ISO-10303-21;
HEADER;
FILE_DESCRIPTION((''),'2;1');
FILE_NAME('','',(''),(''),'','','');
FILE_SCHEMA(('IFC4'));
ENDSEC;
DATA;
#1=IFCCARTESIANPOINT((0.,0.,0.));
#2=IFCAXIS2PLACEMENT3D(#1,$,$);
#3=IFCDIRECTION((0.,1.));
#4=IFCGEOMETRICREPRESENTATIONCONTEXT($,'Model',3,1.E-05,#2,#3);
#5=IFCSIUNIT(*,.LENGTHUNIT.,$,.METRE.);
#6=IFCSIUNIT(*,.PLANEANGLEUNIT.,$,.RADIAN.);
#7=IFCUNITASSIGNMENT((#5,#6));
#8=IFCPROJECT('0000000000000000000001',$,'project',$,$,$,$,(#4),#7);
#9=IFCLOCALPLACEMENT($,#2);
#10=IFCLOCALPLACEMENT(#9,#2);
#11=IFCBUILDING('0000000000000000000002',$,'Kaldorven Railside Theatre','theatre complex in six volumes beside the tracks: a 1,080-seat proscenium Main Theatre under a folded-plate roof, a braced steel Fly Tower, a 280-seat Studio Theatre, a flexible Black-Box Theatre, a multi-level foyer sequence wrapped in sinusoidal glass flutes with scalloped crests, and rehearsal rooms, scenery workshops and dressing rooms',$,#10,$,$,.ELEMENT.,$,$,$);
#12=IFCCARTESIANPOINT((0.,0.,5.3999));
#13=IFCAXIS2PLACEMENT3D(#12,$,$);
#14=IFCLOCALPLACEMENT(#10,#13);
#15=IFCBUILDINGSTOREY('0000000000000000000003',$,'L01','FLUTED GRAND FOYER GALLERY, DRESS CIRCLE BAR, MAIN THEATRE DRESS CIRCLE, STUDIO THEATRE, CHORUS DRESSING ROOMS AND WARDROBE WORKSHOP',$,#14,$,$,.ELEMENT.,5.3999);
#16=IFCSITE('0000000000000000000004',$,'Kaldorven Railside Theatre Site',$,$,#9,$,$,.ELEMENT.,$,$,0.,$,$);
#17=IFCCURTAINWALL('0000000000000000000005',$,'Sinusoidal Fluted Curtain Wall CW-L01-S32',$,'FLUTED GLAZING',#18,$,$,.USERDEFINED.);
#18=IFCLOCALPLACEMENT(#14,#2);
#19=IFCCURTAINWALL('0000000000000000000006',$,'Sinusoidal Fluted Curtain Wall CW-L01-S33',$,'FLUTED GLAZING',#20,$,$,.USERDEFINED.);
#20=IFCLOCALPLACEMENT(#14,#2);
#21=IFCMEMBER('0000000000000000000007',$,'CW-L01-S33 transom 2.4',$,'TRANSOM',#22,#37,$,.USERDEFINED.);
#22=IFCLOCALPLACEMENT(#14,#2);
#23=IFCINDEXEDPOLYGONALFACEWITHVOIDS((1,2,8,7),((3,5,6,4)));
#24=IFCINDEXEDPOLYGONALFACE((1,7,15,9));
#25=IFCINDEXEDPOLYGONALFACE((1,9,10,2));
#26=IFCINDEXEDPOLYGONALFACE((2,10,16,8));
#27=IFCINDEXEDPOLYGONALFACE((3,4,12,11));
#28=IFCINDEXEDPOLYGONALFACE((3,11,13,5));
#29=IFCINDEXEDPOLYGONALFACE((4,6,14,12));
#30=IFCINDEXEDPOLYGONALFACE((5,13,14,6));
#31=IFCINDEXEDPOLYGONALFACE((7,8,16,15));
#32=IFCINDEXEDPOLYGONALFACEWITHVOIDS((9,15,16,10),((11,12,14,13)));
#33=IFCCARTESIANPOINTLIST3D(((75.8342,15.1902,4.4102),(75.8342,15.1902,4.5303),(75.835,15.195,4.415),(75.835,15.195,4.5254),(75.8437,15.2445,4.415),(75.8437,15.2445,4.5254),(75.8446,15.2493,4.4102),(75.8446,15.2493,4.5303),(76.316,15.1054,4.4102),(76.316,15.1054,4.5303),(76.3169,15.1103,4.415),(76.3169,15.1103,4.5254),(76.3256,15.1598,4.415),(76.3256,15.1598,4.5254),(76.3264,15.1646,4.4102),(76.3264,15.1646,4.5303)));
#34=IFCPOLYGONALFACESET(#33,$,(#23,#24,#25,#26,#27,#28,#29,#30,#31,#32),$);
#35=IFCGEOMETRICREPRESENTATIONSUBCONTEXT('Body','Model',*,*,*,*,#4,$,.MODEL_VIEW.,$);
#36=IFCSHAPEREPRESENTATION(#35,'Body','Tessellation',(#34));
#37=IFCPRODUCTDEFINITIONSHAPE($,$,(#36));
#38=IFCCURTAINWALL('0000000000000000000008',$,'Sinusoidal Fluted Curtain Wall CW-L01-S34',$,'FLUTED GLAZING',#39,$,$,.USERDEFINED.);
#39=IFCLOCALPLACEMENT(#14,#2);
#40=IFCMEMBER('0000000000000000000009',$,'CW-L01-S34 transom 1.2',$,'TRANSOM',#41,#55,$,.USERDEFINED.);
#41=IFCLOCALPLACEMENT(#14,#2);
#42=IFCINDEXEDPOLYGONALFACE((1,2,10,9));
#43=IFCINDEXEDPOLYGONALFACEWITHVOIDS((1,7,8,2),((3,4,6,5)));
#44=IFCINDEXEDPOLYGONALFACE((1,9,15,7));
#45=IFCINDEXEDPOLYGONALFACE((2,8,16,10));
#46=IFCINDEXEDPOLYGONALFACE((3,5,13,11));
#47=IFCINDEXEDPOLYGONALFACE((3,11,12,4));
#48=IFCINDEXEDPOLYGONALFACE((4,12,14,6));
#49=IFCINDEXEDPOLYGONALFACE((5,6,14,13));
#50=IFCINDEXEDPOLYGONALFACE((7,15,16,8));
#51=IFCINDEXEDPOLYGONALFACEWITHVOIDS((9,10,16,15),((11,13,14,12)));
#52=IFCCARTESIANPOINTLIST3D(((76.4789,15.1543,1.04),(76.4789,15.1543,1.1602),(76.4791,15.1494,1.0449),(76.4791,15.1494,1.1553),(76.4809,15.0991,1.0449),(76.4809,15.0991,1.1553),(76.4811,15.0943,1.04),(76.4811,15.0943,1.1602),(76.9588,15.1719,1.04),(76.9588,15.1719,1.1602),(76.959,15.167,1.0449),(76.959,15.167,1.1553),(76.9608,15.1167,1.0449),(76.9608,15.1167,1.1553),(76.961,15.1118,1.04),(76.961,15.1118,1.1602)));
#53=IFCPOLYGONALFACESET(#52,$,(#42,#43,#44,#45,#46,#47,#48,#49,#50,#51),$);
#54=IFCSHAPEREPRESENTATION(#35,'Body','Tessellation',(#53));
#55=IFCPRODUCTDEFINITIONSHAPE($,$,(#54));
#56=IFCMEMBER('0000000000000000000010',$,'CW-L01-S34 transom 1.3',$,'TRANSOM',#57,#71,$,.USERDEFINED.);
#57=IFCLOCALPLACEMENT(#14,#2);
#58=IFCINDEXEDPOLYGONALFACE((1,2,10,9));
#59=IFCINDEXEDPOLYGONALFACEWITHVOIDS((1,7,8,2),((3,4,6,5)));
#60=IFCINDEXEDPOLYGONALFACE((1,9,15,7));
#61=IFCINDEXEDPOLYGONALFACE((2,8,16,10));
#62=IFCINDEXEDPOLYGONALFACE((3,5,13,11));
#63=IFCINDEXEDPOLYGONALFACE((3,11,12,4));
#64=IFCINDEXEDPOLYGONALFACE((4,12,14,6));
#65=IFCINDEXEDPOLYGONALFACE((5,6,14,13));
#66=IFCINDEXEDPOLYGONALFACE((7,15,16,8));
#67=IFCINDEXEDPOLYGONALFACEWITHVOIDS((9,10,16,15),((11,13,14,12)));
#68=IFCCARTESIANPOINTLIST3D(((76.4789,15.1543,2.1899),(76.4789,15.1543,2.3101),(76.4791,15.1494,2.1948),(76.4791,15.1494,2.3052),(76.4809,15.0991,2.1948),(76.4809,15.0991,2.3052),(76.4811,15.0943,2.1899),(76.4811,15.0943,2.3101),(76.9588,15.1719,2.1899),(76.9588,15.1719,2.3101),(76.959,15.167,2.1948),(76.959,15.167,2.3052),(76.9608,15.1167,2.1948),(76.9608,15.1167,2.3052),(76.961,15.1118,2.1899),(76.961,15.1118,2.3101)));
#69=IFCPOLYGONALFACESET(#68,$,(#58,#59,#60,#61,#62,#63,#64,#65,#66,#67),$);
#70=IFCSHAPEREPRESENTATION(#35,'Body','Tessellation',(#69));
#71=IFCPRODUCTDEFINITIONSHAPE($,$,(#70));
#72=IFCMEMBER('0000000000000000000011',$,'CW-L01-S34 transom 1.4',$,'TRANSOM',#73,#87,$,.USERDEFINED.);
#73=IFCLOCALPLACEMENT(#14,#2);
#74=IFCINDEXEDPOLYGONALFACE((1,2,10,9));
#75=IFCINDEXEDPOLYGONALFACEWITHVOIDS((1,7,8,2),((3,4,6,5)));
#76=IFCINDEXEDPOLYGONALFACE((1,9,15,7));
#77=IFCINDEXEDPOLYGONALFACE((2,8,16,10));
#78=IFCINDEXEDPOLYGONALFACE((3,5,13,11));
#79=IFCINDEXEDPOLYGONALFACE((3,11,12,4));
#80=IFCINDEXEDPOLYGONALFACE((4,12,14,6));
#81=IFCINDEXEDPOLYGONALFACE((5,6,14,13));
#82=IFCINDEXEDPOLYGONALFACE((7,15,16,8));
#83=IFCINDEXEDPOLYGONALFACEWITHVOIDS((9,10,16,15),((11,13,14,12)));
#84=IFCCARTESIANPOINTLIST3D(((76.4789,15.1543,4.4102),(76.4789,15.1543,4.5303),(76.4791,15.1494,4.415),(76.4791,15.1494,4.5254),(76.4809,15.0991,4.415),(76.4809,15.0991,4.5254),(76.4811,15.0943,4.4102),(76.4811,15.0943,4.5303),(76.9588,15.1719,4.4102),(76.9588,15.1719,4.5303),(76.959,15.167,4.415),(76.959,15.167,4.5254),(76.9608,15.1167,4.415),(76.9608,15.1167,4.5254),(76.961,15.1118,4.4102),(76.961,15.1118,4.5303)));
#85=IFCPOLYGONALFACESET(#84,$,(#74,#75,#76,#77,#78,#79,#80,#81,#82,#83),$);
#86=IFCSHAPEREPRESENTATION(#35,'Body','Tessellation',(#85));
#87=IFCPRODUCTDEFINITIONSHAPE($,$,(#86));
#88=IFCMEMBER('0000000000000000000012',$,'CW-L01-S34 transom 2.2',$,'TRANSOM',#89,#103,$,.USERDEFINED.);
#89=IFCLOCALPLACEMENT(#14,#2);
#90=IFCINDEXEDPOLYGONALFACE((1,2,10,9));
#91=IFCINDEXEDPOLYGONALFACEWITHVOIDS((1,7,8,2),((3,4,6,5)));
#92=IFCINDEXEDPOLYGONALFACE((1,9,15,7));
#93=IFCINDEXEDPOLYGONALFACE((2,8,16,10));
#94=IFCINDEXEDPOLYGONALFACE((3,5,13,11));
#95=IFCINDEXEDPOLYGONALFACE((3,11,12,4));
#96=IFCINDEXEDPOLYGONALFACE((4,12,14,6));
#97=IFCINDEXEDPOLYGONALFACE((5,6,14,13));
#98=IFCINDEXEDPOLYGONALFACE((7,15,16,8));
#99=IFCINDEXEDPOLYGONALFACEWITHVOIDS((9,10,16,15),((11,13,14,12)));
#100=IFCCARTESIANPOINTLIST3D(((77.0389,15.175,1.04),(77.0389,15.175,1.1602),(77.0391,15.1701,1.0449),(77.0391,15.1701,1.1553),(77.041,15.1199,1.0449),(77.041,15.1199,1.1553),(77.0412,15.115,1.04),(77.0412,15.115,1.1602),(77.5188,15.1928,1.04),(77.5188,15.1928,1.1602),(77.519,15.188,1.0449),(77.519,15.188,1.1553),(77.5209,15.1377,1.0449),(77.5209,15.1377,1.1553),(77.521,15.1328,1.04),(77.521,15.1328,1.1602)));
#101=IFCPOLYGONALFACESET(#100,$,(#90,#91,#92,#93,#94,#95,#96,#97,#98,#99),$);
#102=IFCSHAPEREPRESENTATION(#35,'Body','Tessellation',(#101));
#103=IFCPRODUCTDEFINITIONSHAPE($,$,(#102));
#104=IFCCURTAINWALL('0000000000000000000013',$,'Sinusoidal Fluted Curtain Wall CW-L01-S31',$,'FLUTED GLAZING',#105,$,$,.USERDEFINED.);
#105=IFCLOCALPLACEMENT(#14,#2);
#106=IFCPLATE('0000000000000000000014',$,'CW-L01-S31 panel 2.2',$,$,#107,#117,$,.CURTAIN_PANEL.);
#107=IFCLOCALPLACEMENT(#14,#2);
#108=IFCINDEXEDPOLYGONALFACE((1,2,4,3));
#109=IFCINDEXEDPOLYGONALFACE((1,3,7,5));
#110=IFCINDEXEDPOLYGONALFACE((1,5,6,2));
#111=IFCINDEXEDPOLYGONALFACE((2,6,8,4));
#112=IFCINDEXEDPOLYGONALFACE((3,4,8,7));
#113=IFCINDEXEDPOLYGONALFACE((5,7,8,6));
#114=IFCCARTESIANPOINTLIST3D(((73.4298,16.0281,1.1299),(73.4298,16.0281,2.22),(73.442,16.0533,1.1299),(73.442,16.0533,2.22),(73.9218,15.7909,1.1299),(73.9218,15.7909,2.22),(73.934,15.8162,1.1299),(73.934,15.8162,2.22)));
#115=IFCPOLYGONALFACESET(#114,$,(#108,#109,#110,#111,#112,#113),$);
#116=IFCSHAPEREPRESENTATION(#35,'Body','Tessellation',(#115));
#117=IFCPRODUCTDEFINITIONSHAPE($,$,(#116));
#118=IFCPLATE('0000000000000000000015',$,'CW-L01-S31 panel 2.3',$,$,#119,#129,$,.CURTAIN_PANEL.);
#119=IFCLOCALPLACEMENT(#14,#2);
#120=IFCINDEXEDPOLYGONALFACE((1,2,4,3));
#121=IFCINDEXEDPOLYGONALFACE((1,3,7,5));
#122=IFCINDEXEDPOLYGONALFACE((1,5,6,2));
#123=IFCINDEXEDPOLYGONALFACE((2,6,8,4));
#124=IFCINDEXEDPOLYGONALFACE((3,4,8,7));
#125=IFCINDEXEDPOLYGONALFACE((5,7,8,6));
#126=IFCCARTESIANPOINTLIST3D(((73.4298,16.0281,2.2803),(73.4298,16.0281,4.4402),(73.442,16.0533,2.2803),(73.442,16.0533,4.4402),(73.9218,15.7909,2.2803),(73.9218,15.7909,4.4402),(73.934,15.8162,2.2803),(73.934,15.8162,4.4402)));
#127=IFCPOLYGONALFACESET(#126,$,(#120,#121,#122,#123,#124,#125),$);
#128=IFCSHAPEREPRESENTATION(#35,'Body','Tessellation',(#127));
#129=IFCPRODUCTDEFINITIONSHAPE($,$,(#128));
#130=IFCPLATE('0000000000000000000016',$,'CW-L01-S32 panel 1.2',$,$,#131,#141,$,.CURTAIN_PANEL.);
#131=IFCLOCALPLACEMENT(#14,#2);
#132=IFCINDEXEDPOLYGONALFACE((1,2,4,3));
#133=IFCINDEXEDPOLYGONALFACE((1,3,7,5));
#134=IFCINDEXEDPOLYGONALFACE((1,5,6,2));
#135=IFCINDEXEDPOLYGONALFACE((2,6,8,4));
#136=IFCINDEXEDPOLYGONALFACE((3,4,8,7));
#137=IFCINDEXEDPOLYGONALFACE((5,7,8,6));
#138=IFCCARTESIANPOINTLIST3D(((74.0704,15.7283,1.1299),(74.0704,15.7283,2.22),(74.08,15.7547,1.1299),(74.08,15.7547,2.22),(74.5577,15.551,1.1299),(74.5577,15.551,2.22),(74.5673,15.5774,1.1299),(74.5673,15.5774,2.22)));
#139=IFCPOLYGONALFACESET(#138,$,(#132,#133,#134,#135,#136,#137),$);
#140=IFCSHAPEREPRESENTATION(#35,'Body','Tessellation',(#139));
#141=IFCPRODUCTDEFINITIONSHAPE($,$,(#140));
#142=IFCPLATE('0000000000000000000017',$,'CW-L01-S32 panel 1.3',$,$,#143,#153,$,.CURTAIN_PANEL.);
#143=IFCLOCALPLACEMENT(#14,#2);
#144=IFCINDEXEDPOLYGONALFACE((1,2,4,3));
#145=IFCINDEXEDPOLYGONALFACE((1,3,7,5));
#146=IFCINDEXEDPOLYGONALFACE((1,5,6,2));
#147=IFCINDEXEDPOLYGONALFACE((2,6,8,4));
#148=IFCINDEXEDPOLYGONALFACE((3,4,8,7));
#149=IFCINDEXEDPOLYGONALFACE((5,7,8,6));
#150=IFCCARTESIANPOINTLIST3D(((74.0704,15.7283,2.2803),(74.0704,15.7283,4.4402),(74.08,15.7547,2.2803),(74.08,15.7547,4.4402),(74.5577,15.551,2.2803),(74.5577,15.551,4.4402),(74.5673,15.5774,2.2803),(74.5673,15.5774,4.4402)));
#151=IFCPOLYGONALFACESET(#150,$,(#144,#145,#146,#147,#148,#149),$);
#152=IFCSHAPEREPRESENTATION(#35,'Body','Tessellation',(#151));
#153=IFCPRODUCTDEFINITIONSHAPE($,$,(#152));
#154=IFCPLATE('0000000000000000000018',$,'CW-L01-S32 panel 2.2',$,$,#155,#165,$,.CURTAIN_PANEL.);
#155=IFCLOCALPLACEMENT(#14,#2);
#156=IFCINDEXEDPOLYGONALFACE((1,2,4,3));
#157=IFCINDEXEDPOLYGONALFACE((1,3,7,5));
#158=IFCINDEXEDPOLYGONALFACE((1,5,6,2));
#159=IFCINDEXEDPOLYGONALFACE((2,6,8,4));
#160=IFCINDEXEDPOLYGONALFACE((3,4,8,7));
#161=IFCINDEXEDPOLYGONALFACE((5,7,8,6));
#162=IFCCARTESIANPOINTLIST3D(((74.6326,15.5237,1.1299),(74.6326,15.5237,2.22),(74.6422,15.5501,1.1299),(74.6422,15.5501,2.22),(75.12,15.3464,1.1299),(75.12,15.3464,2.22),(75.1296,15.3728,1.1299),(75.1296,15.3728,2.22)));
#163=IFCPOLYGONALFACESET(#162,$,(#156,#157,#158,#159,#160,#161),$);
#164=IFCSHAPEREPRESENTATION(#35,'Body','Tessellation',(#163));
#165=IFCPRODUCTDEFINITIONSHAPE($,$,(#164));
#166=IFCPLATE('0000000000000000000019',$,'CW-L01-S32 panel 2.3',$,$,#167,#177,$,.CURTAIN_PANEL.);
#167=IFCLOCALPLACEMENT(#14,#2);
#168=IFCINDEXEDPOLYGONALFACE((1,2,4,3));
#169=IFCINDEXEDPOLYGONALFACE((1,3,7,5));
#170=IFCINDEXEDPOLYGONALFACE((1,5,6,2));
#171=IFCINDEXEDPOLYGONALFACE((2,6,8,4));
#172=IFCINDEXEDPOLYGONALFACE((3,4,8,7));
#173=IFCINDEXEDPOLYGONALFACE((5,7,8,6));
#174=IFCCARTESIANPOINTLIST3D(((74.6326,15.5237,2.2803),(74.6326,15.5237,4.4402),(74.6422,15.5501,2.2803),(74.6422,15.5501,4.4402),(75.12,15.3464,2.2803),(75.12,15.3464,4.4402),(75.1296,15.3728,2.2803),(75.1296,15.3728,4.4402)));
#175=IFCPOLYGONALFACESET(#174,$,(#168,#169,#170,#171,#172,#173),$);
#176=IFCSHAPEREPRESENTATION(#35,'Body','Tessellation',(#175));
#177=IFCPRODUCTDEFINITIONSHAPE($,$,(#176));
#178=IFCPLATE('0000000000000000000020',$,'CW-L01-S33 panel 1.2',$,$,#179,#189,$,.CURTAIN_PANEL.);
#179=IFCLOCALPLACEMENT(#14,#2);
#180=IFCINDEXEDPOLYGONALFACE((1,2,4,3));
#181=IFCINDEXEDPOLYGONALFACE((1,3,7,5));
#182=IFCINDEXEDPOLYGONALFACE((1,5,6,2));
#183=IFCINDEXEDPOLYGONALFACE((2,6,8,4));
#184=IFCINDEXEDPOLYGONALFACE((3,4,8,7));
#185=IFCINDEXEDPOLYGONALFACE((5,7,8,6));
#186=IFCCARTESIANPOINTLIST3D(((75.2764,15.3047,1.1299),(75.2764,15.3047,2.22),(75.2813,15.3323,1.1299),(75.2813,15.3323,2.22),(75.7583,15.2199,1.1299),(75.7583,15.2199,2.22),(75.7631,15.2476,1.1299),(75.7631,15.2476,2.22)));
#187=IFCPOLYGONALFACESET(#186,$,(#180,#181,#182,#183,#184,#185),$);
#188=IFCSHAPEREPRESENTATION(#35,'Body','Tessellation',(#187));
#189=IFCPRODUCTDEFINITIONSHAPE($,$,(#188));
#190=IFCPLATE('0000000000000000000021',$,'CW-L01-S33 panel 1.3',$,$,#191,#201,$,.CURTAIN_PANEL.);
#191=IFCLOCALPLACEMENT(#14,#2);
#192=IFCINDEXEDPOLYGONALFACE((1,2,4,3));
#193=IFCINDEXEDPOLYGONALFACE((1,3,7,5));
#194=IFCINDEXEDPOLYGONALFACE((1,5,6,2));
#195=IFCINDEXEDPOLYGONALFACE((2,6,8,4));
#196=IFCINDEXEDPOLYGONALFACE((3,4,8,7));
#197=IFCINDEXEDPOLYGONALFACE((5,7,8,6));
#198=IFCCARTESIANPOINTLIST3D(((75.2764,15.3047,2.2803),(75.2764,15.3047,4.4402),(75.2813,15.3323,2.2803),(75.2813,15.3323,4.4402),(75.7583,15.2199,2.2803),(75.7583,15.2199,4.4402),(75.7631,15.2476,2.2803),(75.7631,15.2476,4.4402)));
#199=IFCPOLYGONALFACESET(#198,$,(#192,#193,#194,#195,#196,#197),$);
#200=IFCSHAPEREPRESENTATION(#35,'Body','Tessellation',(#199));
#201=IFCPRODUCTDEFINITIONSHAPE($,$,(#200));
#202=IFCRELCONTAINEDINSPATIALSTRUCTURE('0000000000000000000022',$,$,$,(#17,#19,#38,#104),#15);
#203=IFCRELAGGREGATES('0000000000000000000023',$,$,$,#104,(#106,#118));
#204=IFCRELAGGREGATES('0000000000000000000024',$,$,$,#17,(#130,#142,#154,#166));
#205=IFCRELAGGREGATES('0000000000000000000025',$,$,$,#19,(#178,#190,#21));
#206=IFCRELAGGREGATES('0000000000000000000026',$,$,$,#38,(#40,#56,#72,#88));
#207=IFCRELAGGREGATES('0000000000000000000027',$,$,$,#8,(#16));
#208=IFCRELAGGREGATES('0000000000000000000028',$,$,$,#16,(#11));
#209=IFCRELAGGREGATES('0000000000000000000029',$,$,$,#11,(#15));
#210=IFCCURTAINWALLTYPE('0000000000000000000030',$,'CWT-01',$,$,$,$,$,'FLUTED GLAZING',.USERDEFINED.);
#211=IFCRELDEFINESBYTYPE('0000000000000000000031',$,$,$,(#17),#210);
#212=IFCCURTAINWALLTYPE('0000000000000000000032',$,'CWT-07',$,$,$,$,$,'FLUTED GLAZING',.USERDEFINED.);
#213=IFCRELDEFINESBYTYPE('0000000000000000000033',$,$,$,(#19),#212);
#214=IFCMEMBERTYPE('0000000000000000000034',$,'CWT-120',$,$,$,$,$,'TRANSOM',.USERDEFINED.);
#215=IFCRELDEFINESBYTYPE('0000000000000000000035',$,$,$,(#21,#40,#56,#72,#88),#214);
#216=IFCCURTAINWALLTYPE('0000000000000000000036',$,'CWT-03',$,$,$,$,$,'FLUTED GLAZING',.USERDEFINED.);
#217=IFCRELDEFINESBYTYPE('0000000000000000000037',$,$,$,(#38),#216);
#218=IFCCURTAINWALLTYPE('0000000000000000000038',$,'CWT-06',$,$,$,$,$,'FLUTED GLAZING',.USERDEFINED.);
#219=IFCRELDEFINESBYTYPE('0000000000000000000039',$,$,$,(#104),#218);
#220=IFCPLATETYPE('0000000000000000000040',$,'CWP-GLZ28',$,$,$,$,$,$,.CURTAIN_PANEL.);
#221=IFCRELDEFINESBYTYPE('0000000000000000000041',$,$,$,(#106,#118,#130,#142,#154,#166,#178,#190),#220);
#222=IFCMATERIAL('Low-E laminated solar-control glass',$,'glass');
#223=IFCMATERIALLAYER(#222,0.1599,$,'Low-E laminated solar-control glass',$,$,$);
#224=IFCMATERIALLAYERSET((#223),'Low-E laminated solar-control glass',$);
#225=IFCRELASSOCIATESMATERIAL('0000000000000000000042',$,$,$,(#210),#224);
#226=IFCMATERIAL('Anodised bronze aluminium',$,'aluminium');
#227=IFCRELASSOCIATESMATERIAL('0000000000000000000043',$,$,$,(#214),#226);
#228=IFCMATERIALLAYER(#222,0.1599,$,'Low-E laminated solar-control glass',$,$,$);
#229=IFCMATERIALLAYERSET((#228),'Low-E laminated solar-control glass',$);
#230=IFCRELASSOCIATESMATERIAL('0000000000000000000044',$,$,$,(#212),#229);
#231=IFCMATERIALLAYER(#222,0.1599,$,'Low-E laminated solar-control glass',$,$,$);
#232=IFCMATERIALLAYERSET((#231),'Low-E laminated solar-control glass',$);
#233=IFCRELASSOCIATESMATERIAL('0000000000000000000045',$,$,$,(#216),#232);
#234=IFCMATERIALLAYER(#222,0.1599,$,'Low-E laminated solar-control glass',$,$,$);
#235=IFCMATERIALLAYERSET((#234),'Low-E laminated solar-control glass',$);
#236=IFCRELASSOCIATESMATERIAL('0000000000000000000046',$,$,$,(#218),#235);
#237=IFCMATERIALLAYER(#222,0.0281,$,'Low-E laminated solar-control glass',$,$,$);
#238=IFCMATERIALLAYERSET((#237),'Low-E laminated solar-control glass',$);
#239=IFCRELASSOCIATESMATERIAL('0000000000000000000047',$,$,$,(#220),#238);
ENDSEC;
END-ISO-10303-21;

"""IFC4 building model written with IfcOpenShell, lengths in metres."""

from ifc_helpers import new_model, si_unit, direction, frame, origin, origin_2d, place, context, subcontext, project, spatial, rectangle, hollow_rectangle, extrude, material, layer, layer_set, material_profile, profile_set, type_object, element, aggregate, save


model = new_model("IFC4")

# Units and contexts
model_context = context("Model", 3, precision=1e-05, world=origin(), true_north=direction((0.0, 1.0)))
body_context = subcontext(model_context, "Body", "Model", "MODEL_VIEW")
ifc_project = project(units=[si_unit("LENGTHUNIT", "METRE"), si_unit("PLANEANGLEUNIT", "RADIAN")], contexts=[model_context])

# Site, building, storey
site_placement = place(None, origin())
site = spatial("IfcSite", under=ifc_project, at=site_placement, Name="Kaldorven Railside Theatre Site", CompositionType="ELEMENT", RefElevation=0.0)
building_placement = place(site_placement, origin())
building = spatial("IfcBuilding", under=site, at=building_placement, Name="Kaldorven Railside Theatre", Description="theatre complex in six volumes beside the tracks: a 1,080-seat proscenium Main Theatre under a folded-plate roof, a braced steel Fly Tower, a 280-seat Studio Theatre, a flexible Black-Box Theatre, a multi-level foyer sequence wrapped in sinusoidal glass flutes with scalloped crests, and rehearsal rooms, scenery workshops and dressing rooms", CompositionType="ELEMENT")
storey_placement = place(building_placement, frame((0.0, 0.0, 5.3999)))
storey = spatial("IfcBuildingStorey", under=building, at=storey_placement, Name="L01", Description="FLUTED GRAND FOYER GALLERY, DRESS CIRCLE BAR, MAIN THEATRE DRESS CIRCLE, STUDIO THEATRE, CHORUS DRESSING ROOMS AND WARDROBE WORKSHOP", CompositionType="ELEMENT", Elevation=5.3999)

# Curtain walls, members
ifc_material_1 = material(Name="Low-E laminated solar-control glass", Category="glass")
ifc_layer_1 = layer(ifc_material_1, 0.1599, Name="Low-E laminated solar-control glass")
ifc_layer_set_1 = layer_set([ifc_layer_1], Name="Low-E laminated solar-control glass")
curtain_wall_type_1 = type_object("IfcCurtainWallType", Name="CWT-01", ElementType="FLUTED GLAZING", PredefinedType="USERDEFINED", material=ifc_layer_set_1)
curtain_wall_1_placement = place(storey_placement, origin())
curtain_wall_1 = element("IfcCurtainWall", 1, at=curtain_wall_1_placement, inside=storey, type_object=curtain_wall_type_1, Name="Sinusoidal Fluted Curtain Wall CW-L01-S32", ObjectType="FLUTED GLAZING", PredefinedType="USERDEFINED")
ifc_material_2 = material(Name="Anodised bronze aluminium", Category="aluminium")
ifc_material_profile = material_profile(ifc_material_2, hollow_rectangle(XDim=0.0601, YDim=0.1201, WallThickness=0.0049, at=origin_2d()), Name="RHS 120x60x5")
ifc_profile_set = profile_set([ifc_material_profile], Name="Anodised bronze aluminium")
member_type = type_object("IfcMemberType", Name="CWT-120", ElementType="TRANSOM", PredefinedType="USERDEFINED", material=ifc_profile_set)
ifc_layer_2 = layer(ifc_material_1, 0.1599, Name="Low-E laminated solar-control glass")
ifc_layer_set_2 = layer_set([ifc_layer_2], Name="Low-E laminated solar-control glass")
curtain_wall_type_2 = type_object("IfcCurtainWallType", Name="CWT-07", ElementType="FLUTED GLAZING", PredefinedType="USERDEFINED", material=ifc_layer_set_2)
curtain_wall_2_placement = place(storey_placement, origin())
curtain_wall_2 = element("IfcCurtainWall", 2, at=curtain_wall_2_placement, inside=storey, type_object=curtain_wall_type_2, Name="Sinusoidal Fluted Curtain Wall CW-L01-S33", ObjectType="FLUTED GLAZING", PredefinedType="USERDEFINED")
member_1_placement = place(storey_placement, frame((75.8394, 15.2197, 4.4702), z_axis=(0.984899, -0.173131, 0.0), x_axis=(0.173131, 0.984899, 0.0)))
member_1 = element("IfcMember", 3, at=member_1_placement, type_object=member_type, Name="CW-L01-S33 transom 2.4", ObjectType="TRANSOM", PredefinedType="USERDEFINED", context=body_context, shape_type="SweptSolid", body=[
    extrude(hollow_rectangle(XDim=0.0601, YDim=0.1201, WallThickness=0.0049, at=origin_2d()), origin(), (0.0, 0.0, 1.0), 0.4893),
])
ifc_layer_3 = layer(ifc_material_1, 0.1599, Name="Low-E laminated solar-control glass")
ifc_layer_set_3 = layer_set([ifc_layer_3], Name="Low-E laminated solar-control glass")
curtain_wall_type_3 = type_object("IfcCurtainWallType", Name="CWT-03", ElementType="FLUTED GLAZING", PredefinedType="USERDEFINED", material=ifc_layer_set_3)
curtain_wall_3_placement = place(storey_placement, origin())
curtain_wall_3 = element("IfcCurtainWall", 4, at=curtain_wall_3_placement, inside=storey, type_object=curtain_wall_type_3, Name="Sinusoidal Fluted Curtain Wall CW-L01-S34", ObjectType="FLUTED GLAZING", PredefinedType="USERDEFINED")
member_2_placement = place(storey_placement, frame((76.48, 15.1243, 1.1001), z_axis=(0.99933, 0.036598, 0.0), x_axis=(-0.036598, 0.99933, 0.0)))
member_2 = element("IfcMember", 5, at=member_2_placement, type_object=member_type, Name="CW-L01-S34 transom 1.2", ObjectType="TRANSOM", PredefinedType="USERDEFINED", context=body_context, shape_type="SweptSolid", body=[
    extrude(hollow_rectangle(XDim=0.0601, YDim=0.1201, WallThickness=0.0049, at=origin_2d()), origin(), (0.0, 0.0, 1.0), 0.4802),
])
member_3_placement = place(storey_placement, frame((76.48, 15.1243, 2.25), z_axis=(0.99933, 0.036598, 0.0), x_axis=(-0.036598, 0.99933, 0.0)))
member_3 = element("IfcMember", 6, at=member_3_placement, type_object=member_type, Name="CW-L01-S34 transom 1.3", ObjectType="TRANSOM", PredefinedType="USERDEFINED", context=body_context, shape_type="SweptSolid", body=[
    extrude(hollow_rectangle(XDim=0.0601, YDim=0.1201, WallThickness=0.0049, at=origin_2d()), origin(), (0.0, 0.0, 1.0), 0.4802),
])
member_4_placement = place(storey_placement, frame((76.48, 15.1243, 4.4702), z_axis=(0.99933, 0.036598, 0.0), x_axis=(-0.036598, 0.99933, 0.0)))
member_4 = element("IfcMember", 7, at=member_4_placement, type_object=member_type, Name="CW-L01-S34 transom 1.4", ObjectType="TRANSOM", PredefinedType="USERDEFINED", context=body_context, shape_type="SweptSolid", body=[
    extrude(hollow_rectangle(XDim=0.0601, YDim=0.1201, WallThickness=0.0049, at=origin_2d()), origin(), (0.0, 0.0, 1.0), 0.4802),
])
member_5_placement = place(storey_placement, frame((77.04, 15.145, 1.1001), z_axis=(0.999311, 0.037106, 0.0), x_axis=(-0.037106, 0.999311, 0.0)))
member_5 = element("IfcMember", 8, at=member_5_placement, type_object=member_type, Name="CW-L01-S34 transom 2.2", ObjectType="TRANSOM", PredefinedType="USERDEFINED", context=body_context, shape_type="SweptSolid", body=[
    extrude(hollow_rectangle(XDim=0.0601, YDim=0.1201, WallThickness=0.0049, at=origin_2d()), origin(), (0.0, 0.0, 1.0), 0.4802),
])

# Curtain wall, plates
ifc_layer_4 = layer(ifc_material_1, 0.1599, Name="Low-E laminated solar-control glass")
ifc_layer_set_4 = layer_set([ifc_layer_4], Name="Low-E laminated solar-control glass")
curtain_wall_type_4 = type_object("IfcCurtainWallType", Name="CWT-06", ElementType="FLUTED GLAZING", PredefinedType="USERDEFINED", material=ifc_layer_set_4)
curtain_wall_4_placement = place(storey_placement, origin())
curtain_wall_4 = element("IfcCurtainWall", 9, at=curtain_wall_4_placement, inside=storey, type_object=curtain_wall_type_4, Name="Sinusoidal Fluted Curtain Wall CW-L01-S31", ObjectType="FLUTED GLAZING", PredefinedType="USERDEFINED")
ifc_layer_5 = layer(ifc_material_1, 0.0281, Name="Low-E laminated solar-control glass")
ifc_layer_set_5 = layer_set([ifc_layer_5], Name="Low-E laminated solar-control glass")
plate_type = type_object("IfcPlateType", Name="CWP-GLZ28", PredefinedType="CURTAIN_PANEL", material=ifc_layer_set_5)
plate_1_placement = place(storey_placement, frame((73.6819, 15.9221, 1.1299), z_axis=(0.0, 0.0, 1.0), x_axis=(0.90079, -0.434256, 0.0)))
plate_1 = element("IfcPlate", 10, at=plate_1_placement, type_object=plate_type, Name="CW-L01-S31 panel 2.2", PredefinedType="CURTAIN_PANEL", context=body_context, shape_type="SweptSolid", body=[
    extrude(rectangle(XDim=0.5461, YDim=0.0281, at=origin_2d()), origin(), (0.0, 0.0, 1.0), 1.0901),
])
plate_2_placement = place(storey_placement, frame((73.6819, 15.9221, 2.2803), z_axis=(0.0, 0.0, 1.0), x_axis=(0.90079, -0.434256, 0.0)))
plate_2 = element("IfcPlate", 11, at=plate_2_placement, type_object=plate_type, Name="CW-L01-S31 panel 2.3", PredefinedType="CURTAIN_PANEL", context=body_context, shape_type="SweptSolid", body=[
    extrude(rectangle(XDim=0.5461, YDim=0.0281, at=origin_2d()), origin(), (0.0, 0.0, 1.0), 2.1599),
])
aggregate(curtain_wall_4, [plate_1, plate_2])

# Plates
plate_3_placement = place(storey_placement, frame((74.3188, 15.6528, 1.1299), z_axis=(0.0, 0.0, 1.0), x_axis=(0.939759, -0.341837, 0.0)))
plate_3 = element("IfcPlate", 12, at=plate_3_placement, type_object=plate_type, Name="CW-L01-S32 panel 1.2", PredefinedType="CURTAIN_PANEL", context=body_context, shape_type="SweptSolid", body=[
    extrude(rectangle(XDim=0.5186, YDim=0.0281, at=origin_2d()), origin(), (0.0, 0.0, 1.0), 1.0901),
])
plate_4_placement = place(storey_placement, frame((74.3188, 15.6528, 2.2803), z_axis=(0.0, 0.0, 1.0), x_axis=(0.939759, -0.341837, 0.0)))
plate_4 = element("IfcPlate", 13, at=plate_4_placement, type_object=plate_type, Name="CW-L01-S32 panel 1.3", PredefinedType="CURTAIN_PANEL", context=body_context, shape_type="SweptSolid", body=[
    extrude(rectangle(XDim=0.5186, YDim=0.0281, at=origin_2d()), origin(), (0.0, 0.0, 1.0), 2.1599),
])
plate_5_placement = place(storey_placement, frame((74.8811, 15.4482, 1.1299), z_axis=(0.0, 0.0, 1.0), x_axis=(0.939759, -0.341837, 0.0)))
plate_5 = element("IfcPlate", 14, at=plate_5_placement, type_object=plate_type, Name="CW-L01-S32 panel 2.2", PredefinedType="CURTAIN_PANEL", context=body_context, shape_type="SweptSolid", body=[
    extrude(rectangle(XDim=0.5186, YDim=0.0281, at=origin_2d()), origin(), (0.0, 0.0, 1.0), 1.0901),
])
plate_6_placement = place(storey_placement, frame((74.8811, 15.4482, 2.2803), z_axis=(0.0, 0.0, 1.0), x_axis=(0.939759, -0.341837, 0.0)))
plate_6 = element("IfcPlate", 15, at=plate_6_placement, type_object=plate_type, Name="CW-L01-S32 panel 2.3", PredefinedType="CURTAIN_PANEL", context=body_context, shape_type="SweptSolid", body=[
    extrude(rectangle(XDim=0.5186, YDim=0.0281, at=origin_2d()), origin(), (0.0, 0.0, 1.0), 2.1599),
])
aggregate(curtain_wall_1, [plate_3, plate_4, plate_5, plate_6])
plate_7_placement = place(storey_placement, frame((75.5198, 15.2761, 1.1299), z_axis=(0.0, 0.0, 1.0), x_axis=(0.984877, -0.173256, 0.0)))
plate_7 = element("IfcPlate", 16, at=plate_7_placement, type_object=plate_type, Name="CW-L01-S33 panel 1.2", PredefinedType="CURTAIN_PANEL", context=body_context, shape_type="SweptSolid", body=[
    extrude(rectangle(XDim=0.4893, YDim=0.0281, at=origin_2d()), origin(), (0.0, 0.0, 1.0), 1.0901),
])
plate_8_placement = place(storey_placement, frame((75.5198, 15.2761, 2.2803), z_axis=(0.0, 0.0, 1.0), x_axis=(0.984877, -0.173256, 0.0)))
plate_8 = element("IfcPlate", 17, at=plate_8_placement, type_object=plate_type, Name="CW-L01-S33 panel 1.3", PredefinedType="CURTAIN_PANEL", context=body_context, shape_type="SweptSolid", body=[
    extrude(rectangle(XDim=0.4893, YDim=0.0281, at=origin_2d()), origin(), (0.0, 0.0, 1.0), 2.1599),
])
aggregate(curtain_wall_2, [plate_7, plate_8, member_1])
aggregate(curtain_wall_3, [member_2, member_3, member_4, member_5])

save(model, "model.ifc")
